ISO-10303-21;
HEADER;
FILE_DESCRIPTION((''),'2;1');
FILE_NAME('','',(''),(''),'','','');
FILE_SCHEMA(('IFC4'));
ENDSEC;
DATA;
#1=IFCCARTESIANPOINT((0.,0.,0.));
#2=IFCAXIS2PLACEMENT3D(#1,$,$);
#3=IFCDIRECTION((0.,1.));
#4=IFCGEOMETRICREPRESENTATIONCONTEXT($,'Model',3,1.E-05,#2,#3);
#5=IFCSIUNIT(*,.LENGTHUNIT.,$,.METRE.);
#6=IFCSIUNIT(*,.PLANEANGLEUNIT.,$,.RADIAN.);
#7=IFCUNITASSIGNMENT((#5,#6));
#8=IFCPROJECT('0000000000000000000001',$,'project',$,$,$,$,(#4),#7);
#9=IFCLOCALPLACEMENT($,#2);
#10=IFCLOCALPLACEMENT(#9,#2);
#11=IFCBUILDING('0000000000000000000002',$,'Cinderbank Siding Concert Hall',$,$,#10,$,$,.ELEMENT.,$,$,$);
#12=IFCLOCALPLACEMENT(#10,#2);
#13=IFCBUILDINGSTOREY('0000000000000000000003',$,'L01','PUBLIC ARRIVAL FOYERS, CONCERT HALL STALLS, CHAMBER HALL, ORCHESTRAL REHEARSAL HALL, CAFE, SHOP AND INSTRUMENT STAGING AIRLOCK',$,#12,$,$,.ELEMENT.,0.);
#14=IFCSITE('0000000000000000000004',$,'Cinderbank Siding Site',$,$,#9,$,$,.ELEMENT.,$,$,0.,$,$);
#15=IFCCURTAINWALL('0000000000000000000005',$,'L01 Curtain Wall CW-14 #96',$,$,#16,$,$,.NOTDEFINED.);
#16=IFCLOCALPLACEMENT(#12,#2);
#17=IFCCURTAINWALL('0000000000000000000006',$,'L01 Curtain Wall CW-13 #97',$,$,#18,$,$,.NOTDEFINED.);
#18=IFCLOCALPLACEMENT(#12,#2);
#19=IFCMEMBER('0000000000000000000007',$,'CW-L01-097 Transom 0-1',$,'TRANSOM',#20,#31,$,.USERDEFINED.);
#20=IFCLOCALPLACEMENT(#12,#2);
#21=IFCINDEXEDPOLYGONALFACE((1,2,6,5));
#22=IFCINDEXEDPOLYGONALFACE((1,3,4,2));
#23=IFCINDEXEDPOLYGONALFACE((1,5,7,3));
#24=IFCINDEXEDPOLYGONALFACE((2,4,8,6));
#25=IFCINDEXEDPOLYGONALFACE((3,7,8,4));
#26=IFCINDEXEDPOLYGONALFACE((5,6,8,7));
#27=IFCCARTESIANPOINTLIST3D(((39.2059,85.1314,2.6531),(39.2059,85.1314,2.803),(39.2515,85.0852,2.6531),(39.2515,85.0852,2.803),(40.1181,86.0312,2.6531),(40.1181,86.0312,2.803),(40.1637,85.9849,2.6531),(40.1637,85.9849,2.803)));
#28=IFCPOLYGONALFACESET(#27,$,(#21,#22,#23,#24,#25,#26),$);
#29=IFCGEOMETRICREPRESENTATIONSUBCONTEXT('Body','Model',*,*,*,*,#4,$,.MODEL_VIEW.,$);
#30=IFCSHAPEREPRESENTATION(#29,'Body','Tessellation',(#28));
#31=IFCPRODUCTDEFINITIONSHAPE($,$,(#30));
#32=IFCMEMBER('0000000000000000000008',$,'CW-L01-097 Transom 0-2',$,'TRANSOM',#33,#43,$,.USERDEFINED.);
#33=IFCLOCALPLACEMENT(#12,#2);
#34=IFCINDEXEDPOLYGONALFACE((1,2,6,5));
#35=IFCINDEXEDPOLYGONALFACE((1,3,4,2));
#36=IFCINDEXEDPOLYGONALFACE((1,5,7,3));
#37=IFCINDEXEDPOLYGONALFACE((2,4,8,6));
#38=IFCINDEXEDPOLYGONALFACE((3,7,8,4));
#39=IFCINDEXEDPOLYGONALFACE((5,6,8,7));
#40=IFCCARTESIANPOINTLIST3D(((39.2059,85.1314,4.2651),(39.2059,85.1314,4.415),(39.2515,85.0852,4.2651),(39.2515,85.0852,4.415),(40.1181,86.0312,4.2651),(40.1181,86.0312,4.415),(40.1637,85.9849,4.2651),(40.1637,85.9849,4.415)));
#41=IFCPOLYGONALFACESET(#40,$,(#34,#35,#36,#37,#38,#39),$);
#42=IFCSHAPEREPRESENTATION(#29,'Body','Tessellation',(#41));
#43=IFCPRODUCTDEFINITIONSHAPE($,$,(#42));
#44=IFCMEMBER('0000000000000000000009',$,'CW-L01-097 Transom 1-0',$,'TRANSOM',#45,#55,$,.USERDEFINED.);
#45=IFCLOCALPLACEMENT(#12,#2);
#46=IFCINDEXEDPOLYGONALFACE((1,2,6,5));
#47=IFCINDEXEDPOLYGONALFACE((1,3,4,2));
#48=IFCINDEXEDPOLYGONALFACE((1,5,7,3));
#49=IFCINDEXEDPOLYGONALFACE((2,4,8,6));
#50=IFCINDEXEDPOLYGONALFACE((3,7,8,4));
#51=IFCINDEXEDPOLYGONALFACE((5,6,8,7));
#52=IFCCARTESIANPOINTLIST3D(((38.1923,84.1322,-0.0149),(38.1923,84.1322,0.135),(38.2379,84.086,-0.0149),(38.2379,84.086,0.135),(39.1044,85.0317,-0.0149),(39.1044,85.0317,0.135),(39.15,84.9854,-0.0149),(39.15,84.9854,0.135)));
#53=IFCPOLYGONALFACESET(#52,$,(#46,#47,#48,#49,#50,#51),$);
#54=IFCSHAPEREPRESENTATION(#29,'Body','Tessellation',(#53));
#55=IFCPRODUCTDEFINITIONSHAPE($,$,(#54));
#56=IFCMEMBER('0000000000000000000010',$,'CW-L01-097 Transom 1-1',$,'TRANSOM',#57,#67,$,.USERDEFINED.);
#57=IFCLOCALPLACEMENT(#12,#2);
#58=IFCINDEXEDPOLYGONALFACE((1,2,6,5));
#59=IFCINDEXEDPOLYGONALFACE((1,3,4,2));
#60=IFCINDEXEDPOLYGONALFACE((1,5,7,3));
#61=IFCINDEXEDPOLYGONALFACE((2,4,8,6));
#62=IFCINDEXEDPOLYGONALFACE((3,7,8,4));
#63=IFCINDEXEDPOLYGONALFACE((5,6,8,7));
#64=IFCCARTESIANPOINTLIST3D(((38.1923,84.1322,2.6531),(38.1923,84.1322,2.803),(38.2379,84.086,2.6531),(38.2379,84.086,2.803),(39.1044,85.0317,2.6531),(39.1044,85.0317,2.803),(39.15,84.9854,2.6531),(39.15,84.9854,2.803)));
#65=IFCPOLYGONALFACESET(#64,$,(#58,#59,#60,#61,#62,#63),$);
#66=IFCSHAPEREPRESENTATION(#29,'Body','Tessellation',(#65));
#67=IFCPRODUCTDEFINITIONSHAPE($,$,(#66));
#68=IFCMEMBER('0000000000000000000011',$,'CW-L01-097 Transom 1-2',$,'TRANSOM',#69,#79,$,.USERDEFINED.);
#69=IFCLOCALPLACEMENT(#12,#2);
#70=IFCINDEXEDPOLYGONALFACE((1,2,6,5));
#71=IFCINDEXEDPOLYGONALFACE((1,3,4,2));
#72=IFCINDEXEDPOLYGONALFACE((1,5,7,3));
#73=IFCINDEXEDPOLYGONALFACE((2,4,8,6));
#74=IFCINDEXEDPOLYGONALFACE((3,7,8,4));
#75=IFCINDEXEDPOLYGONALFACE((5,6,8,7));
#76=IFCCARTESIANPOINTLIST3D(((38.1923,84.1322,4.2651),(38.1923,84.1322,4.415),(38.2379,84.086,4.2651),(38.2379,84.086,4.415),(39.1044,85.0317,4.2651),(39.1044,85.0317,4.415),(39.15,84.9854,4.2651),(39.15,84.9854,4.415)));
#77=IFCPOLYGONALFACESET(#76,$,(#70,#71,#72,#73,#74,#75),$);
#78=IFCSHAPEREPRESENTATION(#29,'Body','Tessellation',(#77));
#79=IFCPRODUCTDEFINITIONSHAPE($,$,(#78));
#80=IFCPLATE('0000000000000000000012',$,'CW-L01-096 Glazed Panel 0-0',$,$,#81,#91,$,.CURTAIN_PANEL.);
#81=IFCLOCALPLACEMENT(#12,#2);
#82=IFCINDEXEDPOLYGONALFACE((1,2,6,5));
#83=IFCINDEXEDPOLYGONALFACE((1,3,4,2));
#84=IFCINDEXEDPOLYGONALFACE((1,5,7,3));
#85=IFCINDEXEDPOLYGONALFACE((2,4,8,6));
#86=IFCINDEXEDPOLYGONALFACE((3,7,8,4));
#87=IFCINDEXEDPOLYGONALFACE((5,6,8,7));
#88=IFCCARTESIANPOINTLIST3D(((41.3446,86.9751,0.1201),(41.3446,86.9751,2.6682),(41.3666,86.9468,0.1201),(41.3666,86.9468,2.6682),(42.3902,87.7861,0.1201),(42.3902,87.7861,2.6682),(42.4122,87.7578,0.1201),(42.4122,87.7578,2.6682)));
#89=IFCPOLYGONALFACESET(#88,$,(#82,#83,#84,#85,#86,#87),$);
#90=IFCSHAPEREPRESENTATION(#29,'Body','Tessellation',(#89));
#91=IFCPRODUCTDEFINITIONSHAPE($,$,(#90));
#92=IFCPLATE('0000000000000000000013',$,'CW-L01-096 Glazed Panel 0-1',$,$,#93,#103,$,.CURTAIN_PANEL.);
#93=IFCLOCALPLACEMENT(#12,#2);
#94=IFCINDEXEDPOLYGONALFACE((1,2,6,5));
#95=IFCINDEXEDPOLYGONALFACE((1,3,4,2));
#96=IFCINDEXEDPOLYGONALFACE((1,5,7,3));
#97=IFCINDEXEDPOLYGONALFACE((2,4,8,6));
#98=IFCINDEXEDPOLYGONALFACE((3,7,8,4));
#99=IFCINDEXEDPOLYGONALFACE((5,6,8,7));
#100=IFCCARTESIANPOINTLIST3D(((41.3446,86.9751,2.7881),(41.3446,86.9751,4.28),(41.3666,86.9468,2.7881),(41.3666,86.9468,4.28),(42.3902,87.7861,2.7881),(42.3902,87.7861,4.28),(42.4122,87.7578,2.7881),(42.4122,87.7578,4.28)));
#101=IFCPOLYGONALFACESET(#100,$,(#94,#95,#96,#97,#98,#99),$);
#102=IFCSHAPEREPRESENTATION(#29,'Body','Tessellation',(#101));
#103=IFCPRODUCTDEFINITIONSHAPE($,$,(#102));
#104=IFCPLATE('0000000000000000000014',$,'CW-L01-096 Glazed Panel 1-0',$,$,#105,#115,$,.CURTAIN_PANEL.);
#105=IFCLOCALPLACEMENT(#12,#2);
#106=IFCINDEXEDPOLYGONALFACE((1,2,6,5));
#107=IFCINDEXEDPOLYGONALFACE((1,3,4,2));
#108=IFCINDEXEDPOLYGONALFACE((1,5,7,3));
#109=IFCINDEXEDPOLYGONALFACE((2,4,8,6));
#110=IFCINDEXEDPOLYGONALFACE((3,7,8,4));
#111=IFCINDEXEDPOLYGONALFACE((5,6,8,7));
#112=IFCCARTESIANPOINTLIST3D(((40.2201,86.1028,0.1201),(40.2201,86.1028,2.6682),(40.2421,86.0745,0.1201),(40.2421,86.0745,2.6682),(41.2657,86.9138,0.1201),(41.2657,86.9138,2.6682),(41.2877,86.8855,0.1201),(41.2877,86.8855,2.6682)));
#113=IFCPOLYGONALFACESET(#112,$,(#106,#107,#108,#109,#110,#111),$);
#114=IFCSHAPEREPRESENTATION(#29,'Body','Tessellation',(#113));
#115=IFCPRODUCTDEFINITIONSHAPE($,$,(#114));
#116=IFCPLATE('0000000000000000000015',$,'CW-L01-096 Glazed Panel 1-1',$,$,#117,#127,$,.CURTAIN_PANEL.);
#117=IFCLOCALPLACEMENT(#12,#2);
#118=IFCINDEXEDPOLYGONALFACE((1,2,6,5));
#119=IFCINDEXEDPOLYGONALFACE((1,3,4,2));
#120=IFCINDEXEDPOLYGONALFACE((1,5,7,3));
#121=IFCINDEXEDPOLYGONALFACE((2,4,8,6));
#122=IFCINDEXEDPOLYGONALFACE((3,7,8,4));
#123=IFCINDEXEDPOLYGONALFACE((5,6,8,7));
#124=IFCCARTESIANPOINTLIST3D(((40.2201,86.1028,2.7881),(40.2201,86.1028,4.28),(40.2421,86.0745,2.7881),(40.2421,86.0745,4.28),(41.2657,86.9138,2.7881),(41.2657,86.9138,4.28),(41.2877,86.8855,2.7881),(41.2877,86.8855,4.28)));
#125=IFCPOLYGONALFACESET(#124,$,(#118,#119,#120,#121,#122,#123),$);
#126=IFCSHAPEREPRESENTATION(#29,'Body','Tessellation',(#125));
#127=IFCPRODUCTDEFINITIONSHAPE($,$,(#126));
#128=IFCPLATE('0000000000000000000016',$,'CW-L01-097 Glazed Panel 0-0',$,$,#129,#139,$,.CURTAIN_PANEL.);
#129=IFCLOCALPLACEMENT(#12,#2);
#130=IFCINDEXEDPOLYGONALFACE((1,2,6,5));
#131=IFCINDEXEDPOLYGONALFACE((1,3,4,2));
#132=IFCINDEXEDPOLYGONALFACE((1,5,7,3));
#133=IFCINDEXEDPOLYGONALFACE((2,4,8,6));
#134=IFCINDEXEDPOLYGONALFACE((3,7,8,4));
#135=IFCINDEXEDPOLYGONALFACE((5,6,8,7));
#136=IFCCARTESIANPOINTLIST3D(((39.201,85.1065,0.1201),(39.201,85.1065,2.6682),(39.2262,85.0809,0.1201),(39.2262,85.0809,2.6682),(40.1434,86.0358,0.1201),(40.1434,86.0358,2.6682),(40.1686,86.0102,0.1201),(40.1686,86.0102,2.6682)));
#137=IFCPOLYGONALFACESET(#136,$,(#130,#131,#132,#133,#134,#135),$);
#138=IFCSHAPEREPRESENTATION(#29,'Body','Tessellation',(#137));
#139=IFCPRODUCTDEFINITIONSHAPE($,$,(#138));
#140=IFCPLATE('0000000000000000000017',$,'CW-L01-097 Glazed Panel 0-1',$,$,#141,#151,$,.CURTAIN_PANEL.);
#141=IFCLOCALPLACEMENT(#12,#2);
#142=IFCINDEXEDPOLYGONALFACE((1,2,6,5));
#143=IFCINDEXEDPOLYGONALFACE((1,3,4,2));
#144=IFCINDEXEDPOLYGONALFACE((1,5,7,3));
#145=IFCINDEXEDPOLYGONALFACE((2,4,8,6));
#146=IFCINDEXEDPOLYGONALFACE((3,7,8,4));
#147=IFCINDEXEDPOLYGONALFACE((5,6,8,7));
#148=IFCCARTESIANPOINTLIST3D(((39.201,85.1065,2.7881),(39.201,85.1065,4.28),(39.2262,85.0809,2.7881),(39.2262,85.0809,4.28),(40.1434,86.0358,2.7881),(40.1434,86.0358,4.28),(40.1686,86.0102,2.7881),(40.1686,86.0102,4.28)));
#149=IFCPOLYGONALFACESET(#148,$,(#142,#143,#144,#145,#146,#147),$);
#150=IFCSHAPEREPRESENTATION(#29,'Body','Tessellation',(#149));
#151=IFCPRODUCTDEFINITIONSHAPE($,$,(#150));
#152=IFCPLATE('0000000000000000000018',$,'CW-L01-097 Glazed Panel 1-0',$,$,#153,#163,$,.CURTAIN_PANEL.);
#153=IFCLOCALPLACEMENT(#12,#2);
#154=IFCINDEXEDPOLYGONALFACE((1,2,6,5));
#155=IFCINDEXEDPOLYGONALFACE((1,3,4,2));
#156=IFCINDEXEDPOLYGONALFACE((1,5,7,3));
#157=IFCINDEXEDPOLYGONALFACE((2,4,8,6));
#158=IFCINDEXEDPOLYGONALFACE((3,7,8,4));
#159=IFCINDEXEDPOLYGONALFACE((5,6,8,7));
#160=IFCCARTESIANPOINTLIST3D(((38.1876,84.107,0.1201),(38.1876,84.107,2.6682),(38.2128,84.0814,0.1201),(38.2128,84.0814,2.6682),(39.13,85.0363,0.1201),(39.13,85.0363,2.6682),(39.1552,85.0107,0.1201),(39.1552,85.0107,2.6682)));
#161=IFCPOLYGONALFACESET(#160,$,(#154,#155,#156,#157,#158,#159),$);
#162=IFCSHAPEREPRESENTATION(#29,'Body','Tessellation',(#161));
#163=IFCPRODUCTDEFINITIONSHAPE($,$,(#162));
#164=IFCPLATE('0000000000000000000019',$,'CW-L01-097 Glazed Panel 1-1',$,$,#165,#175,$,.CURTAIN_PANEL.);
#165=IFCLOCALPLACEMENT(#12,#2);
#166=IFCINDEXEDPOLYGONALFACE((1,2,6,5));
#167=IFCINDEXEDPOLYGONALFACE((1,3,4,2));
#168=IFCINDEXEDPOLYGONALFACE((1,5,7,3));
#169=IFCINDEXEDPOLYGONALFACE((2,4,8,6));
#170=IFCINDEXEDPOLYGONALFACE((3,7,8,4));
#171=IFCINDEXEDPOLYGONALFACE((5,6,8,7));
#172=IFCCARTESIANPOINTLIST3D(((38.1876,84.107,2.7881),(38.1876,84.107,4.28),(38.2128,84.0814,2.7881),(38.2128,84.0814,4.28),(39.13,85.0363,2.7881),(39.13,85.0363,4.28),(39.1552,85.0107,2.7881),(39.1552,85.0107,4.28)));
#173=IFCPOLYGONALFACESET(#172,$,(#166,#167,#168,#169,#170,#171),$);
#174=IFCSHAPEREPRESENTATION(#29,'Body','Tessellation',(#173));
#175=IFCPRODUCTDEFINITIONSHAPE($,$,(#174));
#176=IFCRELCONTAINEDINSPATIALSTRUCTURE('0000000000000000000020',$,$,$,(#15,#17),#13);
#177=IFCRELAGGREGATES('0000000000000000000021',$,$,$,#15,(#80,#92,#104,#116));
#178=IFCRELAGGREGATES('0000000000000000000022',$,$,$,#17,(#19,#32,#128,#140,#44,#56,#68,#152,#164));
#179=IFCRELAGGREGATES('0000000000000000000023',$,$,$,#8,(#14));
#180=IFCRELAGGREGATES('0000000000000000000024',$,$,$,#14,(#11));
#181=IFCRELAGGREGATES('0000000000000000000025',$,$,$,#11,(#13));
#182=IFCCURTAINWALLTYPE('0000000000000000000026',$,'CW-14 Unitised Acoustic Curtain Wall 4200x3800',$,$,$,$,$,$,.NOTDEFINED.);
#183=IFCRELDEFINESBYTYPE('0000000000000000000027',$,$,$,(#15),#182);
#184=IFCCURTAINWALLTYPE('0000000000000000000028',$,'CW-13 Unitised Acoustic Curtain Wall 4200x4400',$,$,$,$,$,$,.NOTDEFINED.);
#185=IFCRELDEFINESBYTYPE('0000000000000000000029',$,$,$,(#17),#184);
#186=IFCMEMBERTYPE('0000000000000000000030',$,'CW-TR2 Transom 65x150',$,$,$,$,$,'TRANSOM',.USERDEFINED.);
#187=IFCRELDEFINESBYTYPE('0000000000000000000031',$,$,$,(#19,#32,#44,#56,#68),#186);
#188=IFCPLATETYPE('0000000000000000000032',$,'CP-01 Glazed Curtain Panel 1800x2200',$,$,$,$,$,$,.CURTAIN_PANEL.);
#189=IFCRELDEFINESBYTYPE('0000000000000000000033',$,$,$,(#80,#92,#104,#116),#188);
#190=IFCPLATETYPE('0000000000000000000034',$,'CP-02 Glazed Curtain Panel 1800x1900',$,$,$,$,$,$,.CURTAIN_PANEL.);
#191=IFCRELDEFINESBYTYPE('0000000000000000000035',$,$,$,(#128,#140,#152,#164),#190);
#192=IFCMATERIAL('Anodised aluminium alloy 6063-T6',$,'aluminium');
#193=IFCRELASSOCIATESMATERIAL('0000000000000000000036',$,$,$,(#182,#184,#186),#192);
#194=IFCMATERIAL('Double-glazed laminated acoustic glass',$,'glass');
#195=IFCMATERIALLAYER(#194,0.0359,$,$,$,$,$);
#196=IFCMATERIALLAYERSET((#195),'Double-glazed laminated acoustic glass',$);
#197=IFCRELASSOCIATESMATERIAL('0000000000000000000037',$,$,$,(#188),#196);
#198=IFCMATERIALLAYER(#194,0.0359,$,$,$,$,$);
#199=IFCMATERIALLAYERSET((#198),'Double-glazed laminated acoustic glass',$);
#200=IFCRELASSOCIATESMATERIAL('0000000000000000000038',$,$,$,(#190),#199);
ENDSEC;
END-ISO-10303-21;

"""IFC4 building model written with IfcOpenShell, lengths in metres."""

from ifc_helpers import new_model, si_unit, direction, frame, origin, origin_2d, place, context, subcontext, project, spatial, rectangle, extrude, material, layer, layer_set, material_profile, profile_set, type_object, element, aggregate, save


model = new_model("IFC4")

# Units and contexts
model_context = context("Model", 3, precision=1e-05, world=origin(), true_north=direction((0.0, 1.0)))
body_context = subcontext(model_context, "Body", "Model", "MODEL_VIEW")
ifc_project = project(units=[si_unit("LENGTHUNIT", "METRE"), si_unit("PLANEANGLEUNIT", "RADIAN")], contexts=[model_context])

# Site, building, storey
site_placement = place(None, origin())
site = spatial("IfcSite", under=ifc_project, at=site_placement, Name="Cinderbank Siding Site", CompositionType="ELEMENT", RefElevation=0.0)
building_placement = place(site_placement, origin())
building = spatial("IfcBuilding", under=site, at=building_placement, Name="Cinderbank Siding Concert Hall", CompositionType="ELEMENT")
storey_placement = place(building_placement, origin())
storey = spatial("IfcBuildingStorey", under=building, at=storey_placement, Name="L01", Description="PUBLIC ARRIVAL FOYERS, CONCERT HALL STALLS, CHAMBER HALL, ORCHESTRAL REHEARSAL HALL, CAFE, SHOP AND INSTRUMENT STAGING AIRLOCK", CompositionType="ELEMENT", Elevation=0.0)

# Curtain walls
ifc_material_1 = material(Name="Anodised aluminium alloy 6063-T6", Category="aluminium")
curtain_wall_type_1 = type_object("IfcCurtainWallType", Name="CW-14 Unitised Acoustic Curtain Wall 4200x3800", PredefinedType="NOTDEFINED", material=ifc_material_1)
curtain_wall_1_placement = place(storey_placement, origin())
curtain_wall_1 = element("IfcCurtainWall", 1, at=curtain_wall_1_placement, inside=storey, type_object=curtain_wall_type_1, Name="L01 Curtain Wall CW-14 #96", PredefinedType="NOTDEFINED")
curtain_wall_type_2 = type_object("IfcCurtainWallType", Name="CW-13 Unitised Acoustic Curtain Wall 4200x4400", PredefinedType="NOTDEFINED", material=ifc_material_1)
curtain_wall_2_placement = place(storey_placement, origin())
curtain_wall_2 = element("IfcCurtainWall", 2, at=curtain_wall_2_placement, inside=storey, type_object=curtain_wall_type_2, Name="L01 Curtain Wall CW-13 #97", PredefinedType="NOTDEFINED")

# Members
ifc_material_profile_1 = material_profile(ifc_material_1, rectangle(XDim=0.0649, YDim=0.1499, at=origin_2d()), Name="ALU-TRAN-65x150", Category="LoadBearing")
ifc_profile_set_1 = profile_set([ifc_material_profile_1], Name="Anodised aluminium alloy 6063-T6")
member_type_1 = type_object("IfcMemberType", Name="CW-TR2 Transom 65x150", ElementType="TRANSOM", PredefinedType="USERDEFINED", material=ifc_profile_set_1)
member_1_placement = place(storey_placement, frame((40.1409, 86.0081, 2.728), z_axis=(-0.711949, -0.702231, 0.0), x_axis=(0.702231, -0.711949, 0.0)))
member_1 = element("IfcMember", 3, at=member_1_placement, type_object=member_type_1, Name="CW-L01-097 Transom 0-1", ObjectType="TRANSOM", PredefinedType="USERDEFINED", context=body_context, shape_type="SweptSolid", body=[
    extrude(rectangle(XDim=0.0649, YDim=0.1499, at=origin_2d()), origin(), (0.0, 0.0, 1.0), 1.2812),
])
member_2_placement = place(storey_placement, frame((40.1409, 86.0081, 4.3401), z_axis=(-0.711949, -0.702231, 0.0), x_axis=(0.702231, -0.711949, 0.0)))
member_2 = element("IfcMember", 4, at=member_2_placement, type_object=member_type_1, Name="CW-L01-097 Transom 0-2", ObjectType="TRANSOM", PredefinedType="USERDEFINED", context=body_context, shape_type="SweptSolid", body=[
    extrude(rectangle(XDim=0.0649, YDim=0.1499, at=origin_2d()), origin(), (0.0, 0.0, 1.0), 1.2812),
])
member_3_placement = place(storey_placement, frame((39.1272, 85.0085, 0.0601), z_axis=(-0.712045, -0.702134, 0.0), x_axis=(0.702134, -0.712045, 0.0)))
member_3 = element("IfcMember", 5, at=member_3_placement, type_object=member_type_1, Name="CW-L01-097 Transom 1-0", ObjectType="TRANSOM", PredefinedType="USERDEFINED", context=body_context, shape_type="SweptSolid", body=[
    extrude(rectangle(XDim=0.0649, YDim=0.1499, at=origin_2d()), origin(), (0.0, 0.0, 1.0), 1.281),
])
member_4_placement = place(storey_placement, frame((39.1272, 85.0085, 2.728), z_axis=(-0.712045, -0.702134, 0.0), x_axis=(0.702134, -0.712045, 0.0)))
member_4 = element("IfcMember", 6, at=member_4_placement, type_object=member_type_1, Name="CW-L01-097 Transom 1-1", ObjectType="TRANSOM", PredefinedType="USERDEFINED", context=body_context, shape_type="SweptSolid", body=[
    extrude(rectangle(XDim=0.0649, YDim=0.1499, at=origin_2d()), origin(), (0.0, 0.0, 1.0), 1.281),
])
member_5_placement = place(storey_placement, frame((39.1272, 85.0085, 4.3401), z_axis=(-0.712045, -0.702134, 0.0), x_axis=(0.702134, -0.712045, 0.0)))
member_5 = element("IfcMember", 7, at=member_5_placement, type_object=member_type_1, Name="CW-L01-097 Transom 1-2", ObjectType="TRANSOM", PredefinedType="USERDEFINED", context=body_context, shape_type="SweptSolid", body=[
    extrude(rectangle(XDim=0.0649, YDim=0.1499, at=origin_2d()), origin(), (0.0, 0.0, 1.0), 1.281),
])

# Plates
ifc_material_2 = material(Name="Double-glazed laminated acoustic glass", Category="glass")
ifc_layer_1 = layer(ifc_material_2, 0.0359)
ifc_layer_set_1 = layer_set([ifc_layer_1], Name="Double-glazed laminated acoustic glass")
plate_type_1 = type_object("IfcPlateType", Name="CP-01 Glazed Curtain Panel 1800x2200", PredefinedType="CURTAIN_PANEL", material=ifc_layer_set_1)
plate_1_placement = place(storey_placement, frame((41.8784, 87.3665, 0.1201), z_axis=(0.0, 0.0, 1.0), x_axis=(-0.790161, -0.612899, 0.0)))
plate_1 = element("IfcPlate", 8, at=plate_1_placement, type_object=plate_type_1, Name="CW-L01-096 Glazed Panel 0-0", PredefinedType="CURTAIN_PANEL", context=body_context, shape_type="SweptSolid", body=[
    extrude(rectangle(XDim=1.3232, YDim=0.0359, at=origin_2d()), origin(), (0.0, 0.0, 1.0), 2.5481),
])
plate_2_placement = place(storey_placement, frame((41.8784, 87.3665, 2.7881), z_axis=(0.0, 0.0, 1.0), x_axis=(-0.790161, -0.612899, 0.0)))
plate_2 = element("IfcPlate", 9, at=plate_2_placement, type_object=plate_type_1, Name="CW-L01-096 Glazed Panel 0-1", PredefinedType="CURTAIN_PANEL", context=body_context, shape_type="SweptSolid", body=[
    extrude(rectangle(XDim=1.3232, YDim=0.0359, at=origin_2d()), origin(), (0.0, 0.0, 1.0), 1.4919),
])
plate_3_placement = place(storey_placement, frame((40.7539, 86.4941, 0.1201), z_axis=(0.0, 0.0, 1.0), x_axis=(-0.790161, -0.612899, 0.0)))
plate_3 = element("IfcPlate", 10, at=plate_3_placement, type_object=plate_type_1, Name="CW-L01-096 Glazed Panel 1-0", PredefinedType="CURTAIN_PANEL", context=body_context, shape_type="SweptSolid", body=[
    extrude(rectangle(XDim=1.3232, YDim=0.0359, at=origin_2d()), origin(), (0.0, 0.0, 1.0), 2.5481),
])
plate_4_placement = place(storey_placement, frame((40.7539, 86.4941, 2.7881), z_axis=(0.0, 0.0, 1.0), x_axis=(-0.790161, -0.612899, 0.0)))
plate_4 = element("IfcPlate", 11, at=plate_4_placement, type_object=plate_type_1, Name="CW-L01-096 Glazed Panel 1-1", PredefinedType="CURTAIN_PANEL", context=body_context, shape_type="SweptSolid", body=[
    extrude(rectangle(XDim=1.3232, YDim=0.0359, at=origin_2d()), origin(), (0.0, 0.0, 1.0), 1.4919),
])
aggregate(curtain_wall_1, [plate_1, plate_2, plate_3, plate_4])
ifc_layer_2 = layer(ifc_material_2, 0.0359)
ifc_layer_set_2 = layer_set([ifc_layer_2], Name="Double-glazed laminated acoustic glass")
plate_type_2 = type_object("IfcPlateType", Name="CP-02 Glazed Curtain Panel 1800x1900", PredefinedType="CURTAIN_PANEL", material=ifc_layer_set_2)
plate_5_placement = place(storey_placement, frame((39.6848, 85.5583, 0.1201), z_axis=(0.0, 0.0, 1.0), x_axis=(-0.712025, -0.702154, 0.0)))
plate_5 = element("IfcPlate", 12, at=plate_5_placement, type_object=plate_type_2, Name="CW-L01-097 Glazed Panel 0-0", PredefinedType="CURTAIN_PANEL", context=body_context, shape_type="SweptSolid", body=[
    extrude(rectangle(XDim=1.3235, YDim=0.0359, at=origin_2d()), origin(), (0.0, 0.0, 1.0), 2.5481),
])
plate_6_placement = place(storey_placement, frame((39.6848, 85.5583, 2.7881), z_axis=(0.0, 0.0, 1.0), x_axis=(-0.712025, -0.702154, 0.0)))
plate_6 = element("IfcPlate", 13, at=plate_6_placement, type_object=plate_type_2, Name="CW-L01-097 Glazed Panel 0-1", PredefinedType="CURTAIN_PANEL", context=body_context, shape_type="SweptSolid", body=[
    extrude(rectangle(XDim=1.3235, YDim=0.0359, at=origin_2d()), origin(), (0.0, 0.0, 1.0), 1.4919),
])
plate_7_placement = place(storey_placement, frame((38.6714, 84.5588, 0.1201), z_axis=(0.0, 0.0, 1.0), x_axis=(-0.712025, -0.702154, 0.0)))
plate_7 = element("IfcPlate", 14, at=plate_7_placement, type_object=plate_type_2, Name="CW-L01-097 Glazed Panel 1-0", PredefinedType="CURTAIN_PANEL", context=body_context, shape_type="SweptSolid", body=[
    extrude(rectangle(XDim=1.3235, YDim=0.0359, at=origin_2d()), origin(), (0.0, 0.0, 1.0), 2.5481),
])
plate_8_placement = place(storey_placement, frame((38.6714, 84.5588, 2.7881), z_axis=(0.0, 0.0, 1.0), x_axis=(-0.712025, -0.702154, 0.0)))
plate_8 = element("IfcPlate", 15, at=plate_8_placement, type_object=plate_type_2, Name="CW-L01-097 Glazed Panel 1-1", PredefinedType="CURTAIN_PANEL", context=body_context, shape_type="SweptSolid", body=[
    extrude(rectangle(XDim=1.3235, YDim=0.0359, at=origin_2d()), origin(), (0.0, 0.0, 1.0), 1.4919),
])
aggregate(curtain_wall_2, [member_1, member_2, plate_5, plate_6, member_3, member_4, member_5, plate_7, plate_8])

save(model, "model.ifc")
